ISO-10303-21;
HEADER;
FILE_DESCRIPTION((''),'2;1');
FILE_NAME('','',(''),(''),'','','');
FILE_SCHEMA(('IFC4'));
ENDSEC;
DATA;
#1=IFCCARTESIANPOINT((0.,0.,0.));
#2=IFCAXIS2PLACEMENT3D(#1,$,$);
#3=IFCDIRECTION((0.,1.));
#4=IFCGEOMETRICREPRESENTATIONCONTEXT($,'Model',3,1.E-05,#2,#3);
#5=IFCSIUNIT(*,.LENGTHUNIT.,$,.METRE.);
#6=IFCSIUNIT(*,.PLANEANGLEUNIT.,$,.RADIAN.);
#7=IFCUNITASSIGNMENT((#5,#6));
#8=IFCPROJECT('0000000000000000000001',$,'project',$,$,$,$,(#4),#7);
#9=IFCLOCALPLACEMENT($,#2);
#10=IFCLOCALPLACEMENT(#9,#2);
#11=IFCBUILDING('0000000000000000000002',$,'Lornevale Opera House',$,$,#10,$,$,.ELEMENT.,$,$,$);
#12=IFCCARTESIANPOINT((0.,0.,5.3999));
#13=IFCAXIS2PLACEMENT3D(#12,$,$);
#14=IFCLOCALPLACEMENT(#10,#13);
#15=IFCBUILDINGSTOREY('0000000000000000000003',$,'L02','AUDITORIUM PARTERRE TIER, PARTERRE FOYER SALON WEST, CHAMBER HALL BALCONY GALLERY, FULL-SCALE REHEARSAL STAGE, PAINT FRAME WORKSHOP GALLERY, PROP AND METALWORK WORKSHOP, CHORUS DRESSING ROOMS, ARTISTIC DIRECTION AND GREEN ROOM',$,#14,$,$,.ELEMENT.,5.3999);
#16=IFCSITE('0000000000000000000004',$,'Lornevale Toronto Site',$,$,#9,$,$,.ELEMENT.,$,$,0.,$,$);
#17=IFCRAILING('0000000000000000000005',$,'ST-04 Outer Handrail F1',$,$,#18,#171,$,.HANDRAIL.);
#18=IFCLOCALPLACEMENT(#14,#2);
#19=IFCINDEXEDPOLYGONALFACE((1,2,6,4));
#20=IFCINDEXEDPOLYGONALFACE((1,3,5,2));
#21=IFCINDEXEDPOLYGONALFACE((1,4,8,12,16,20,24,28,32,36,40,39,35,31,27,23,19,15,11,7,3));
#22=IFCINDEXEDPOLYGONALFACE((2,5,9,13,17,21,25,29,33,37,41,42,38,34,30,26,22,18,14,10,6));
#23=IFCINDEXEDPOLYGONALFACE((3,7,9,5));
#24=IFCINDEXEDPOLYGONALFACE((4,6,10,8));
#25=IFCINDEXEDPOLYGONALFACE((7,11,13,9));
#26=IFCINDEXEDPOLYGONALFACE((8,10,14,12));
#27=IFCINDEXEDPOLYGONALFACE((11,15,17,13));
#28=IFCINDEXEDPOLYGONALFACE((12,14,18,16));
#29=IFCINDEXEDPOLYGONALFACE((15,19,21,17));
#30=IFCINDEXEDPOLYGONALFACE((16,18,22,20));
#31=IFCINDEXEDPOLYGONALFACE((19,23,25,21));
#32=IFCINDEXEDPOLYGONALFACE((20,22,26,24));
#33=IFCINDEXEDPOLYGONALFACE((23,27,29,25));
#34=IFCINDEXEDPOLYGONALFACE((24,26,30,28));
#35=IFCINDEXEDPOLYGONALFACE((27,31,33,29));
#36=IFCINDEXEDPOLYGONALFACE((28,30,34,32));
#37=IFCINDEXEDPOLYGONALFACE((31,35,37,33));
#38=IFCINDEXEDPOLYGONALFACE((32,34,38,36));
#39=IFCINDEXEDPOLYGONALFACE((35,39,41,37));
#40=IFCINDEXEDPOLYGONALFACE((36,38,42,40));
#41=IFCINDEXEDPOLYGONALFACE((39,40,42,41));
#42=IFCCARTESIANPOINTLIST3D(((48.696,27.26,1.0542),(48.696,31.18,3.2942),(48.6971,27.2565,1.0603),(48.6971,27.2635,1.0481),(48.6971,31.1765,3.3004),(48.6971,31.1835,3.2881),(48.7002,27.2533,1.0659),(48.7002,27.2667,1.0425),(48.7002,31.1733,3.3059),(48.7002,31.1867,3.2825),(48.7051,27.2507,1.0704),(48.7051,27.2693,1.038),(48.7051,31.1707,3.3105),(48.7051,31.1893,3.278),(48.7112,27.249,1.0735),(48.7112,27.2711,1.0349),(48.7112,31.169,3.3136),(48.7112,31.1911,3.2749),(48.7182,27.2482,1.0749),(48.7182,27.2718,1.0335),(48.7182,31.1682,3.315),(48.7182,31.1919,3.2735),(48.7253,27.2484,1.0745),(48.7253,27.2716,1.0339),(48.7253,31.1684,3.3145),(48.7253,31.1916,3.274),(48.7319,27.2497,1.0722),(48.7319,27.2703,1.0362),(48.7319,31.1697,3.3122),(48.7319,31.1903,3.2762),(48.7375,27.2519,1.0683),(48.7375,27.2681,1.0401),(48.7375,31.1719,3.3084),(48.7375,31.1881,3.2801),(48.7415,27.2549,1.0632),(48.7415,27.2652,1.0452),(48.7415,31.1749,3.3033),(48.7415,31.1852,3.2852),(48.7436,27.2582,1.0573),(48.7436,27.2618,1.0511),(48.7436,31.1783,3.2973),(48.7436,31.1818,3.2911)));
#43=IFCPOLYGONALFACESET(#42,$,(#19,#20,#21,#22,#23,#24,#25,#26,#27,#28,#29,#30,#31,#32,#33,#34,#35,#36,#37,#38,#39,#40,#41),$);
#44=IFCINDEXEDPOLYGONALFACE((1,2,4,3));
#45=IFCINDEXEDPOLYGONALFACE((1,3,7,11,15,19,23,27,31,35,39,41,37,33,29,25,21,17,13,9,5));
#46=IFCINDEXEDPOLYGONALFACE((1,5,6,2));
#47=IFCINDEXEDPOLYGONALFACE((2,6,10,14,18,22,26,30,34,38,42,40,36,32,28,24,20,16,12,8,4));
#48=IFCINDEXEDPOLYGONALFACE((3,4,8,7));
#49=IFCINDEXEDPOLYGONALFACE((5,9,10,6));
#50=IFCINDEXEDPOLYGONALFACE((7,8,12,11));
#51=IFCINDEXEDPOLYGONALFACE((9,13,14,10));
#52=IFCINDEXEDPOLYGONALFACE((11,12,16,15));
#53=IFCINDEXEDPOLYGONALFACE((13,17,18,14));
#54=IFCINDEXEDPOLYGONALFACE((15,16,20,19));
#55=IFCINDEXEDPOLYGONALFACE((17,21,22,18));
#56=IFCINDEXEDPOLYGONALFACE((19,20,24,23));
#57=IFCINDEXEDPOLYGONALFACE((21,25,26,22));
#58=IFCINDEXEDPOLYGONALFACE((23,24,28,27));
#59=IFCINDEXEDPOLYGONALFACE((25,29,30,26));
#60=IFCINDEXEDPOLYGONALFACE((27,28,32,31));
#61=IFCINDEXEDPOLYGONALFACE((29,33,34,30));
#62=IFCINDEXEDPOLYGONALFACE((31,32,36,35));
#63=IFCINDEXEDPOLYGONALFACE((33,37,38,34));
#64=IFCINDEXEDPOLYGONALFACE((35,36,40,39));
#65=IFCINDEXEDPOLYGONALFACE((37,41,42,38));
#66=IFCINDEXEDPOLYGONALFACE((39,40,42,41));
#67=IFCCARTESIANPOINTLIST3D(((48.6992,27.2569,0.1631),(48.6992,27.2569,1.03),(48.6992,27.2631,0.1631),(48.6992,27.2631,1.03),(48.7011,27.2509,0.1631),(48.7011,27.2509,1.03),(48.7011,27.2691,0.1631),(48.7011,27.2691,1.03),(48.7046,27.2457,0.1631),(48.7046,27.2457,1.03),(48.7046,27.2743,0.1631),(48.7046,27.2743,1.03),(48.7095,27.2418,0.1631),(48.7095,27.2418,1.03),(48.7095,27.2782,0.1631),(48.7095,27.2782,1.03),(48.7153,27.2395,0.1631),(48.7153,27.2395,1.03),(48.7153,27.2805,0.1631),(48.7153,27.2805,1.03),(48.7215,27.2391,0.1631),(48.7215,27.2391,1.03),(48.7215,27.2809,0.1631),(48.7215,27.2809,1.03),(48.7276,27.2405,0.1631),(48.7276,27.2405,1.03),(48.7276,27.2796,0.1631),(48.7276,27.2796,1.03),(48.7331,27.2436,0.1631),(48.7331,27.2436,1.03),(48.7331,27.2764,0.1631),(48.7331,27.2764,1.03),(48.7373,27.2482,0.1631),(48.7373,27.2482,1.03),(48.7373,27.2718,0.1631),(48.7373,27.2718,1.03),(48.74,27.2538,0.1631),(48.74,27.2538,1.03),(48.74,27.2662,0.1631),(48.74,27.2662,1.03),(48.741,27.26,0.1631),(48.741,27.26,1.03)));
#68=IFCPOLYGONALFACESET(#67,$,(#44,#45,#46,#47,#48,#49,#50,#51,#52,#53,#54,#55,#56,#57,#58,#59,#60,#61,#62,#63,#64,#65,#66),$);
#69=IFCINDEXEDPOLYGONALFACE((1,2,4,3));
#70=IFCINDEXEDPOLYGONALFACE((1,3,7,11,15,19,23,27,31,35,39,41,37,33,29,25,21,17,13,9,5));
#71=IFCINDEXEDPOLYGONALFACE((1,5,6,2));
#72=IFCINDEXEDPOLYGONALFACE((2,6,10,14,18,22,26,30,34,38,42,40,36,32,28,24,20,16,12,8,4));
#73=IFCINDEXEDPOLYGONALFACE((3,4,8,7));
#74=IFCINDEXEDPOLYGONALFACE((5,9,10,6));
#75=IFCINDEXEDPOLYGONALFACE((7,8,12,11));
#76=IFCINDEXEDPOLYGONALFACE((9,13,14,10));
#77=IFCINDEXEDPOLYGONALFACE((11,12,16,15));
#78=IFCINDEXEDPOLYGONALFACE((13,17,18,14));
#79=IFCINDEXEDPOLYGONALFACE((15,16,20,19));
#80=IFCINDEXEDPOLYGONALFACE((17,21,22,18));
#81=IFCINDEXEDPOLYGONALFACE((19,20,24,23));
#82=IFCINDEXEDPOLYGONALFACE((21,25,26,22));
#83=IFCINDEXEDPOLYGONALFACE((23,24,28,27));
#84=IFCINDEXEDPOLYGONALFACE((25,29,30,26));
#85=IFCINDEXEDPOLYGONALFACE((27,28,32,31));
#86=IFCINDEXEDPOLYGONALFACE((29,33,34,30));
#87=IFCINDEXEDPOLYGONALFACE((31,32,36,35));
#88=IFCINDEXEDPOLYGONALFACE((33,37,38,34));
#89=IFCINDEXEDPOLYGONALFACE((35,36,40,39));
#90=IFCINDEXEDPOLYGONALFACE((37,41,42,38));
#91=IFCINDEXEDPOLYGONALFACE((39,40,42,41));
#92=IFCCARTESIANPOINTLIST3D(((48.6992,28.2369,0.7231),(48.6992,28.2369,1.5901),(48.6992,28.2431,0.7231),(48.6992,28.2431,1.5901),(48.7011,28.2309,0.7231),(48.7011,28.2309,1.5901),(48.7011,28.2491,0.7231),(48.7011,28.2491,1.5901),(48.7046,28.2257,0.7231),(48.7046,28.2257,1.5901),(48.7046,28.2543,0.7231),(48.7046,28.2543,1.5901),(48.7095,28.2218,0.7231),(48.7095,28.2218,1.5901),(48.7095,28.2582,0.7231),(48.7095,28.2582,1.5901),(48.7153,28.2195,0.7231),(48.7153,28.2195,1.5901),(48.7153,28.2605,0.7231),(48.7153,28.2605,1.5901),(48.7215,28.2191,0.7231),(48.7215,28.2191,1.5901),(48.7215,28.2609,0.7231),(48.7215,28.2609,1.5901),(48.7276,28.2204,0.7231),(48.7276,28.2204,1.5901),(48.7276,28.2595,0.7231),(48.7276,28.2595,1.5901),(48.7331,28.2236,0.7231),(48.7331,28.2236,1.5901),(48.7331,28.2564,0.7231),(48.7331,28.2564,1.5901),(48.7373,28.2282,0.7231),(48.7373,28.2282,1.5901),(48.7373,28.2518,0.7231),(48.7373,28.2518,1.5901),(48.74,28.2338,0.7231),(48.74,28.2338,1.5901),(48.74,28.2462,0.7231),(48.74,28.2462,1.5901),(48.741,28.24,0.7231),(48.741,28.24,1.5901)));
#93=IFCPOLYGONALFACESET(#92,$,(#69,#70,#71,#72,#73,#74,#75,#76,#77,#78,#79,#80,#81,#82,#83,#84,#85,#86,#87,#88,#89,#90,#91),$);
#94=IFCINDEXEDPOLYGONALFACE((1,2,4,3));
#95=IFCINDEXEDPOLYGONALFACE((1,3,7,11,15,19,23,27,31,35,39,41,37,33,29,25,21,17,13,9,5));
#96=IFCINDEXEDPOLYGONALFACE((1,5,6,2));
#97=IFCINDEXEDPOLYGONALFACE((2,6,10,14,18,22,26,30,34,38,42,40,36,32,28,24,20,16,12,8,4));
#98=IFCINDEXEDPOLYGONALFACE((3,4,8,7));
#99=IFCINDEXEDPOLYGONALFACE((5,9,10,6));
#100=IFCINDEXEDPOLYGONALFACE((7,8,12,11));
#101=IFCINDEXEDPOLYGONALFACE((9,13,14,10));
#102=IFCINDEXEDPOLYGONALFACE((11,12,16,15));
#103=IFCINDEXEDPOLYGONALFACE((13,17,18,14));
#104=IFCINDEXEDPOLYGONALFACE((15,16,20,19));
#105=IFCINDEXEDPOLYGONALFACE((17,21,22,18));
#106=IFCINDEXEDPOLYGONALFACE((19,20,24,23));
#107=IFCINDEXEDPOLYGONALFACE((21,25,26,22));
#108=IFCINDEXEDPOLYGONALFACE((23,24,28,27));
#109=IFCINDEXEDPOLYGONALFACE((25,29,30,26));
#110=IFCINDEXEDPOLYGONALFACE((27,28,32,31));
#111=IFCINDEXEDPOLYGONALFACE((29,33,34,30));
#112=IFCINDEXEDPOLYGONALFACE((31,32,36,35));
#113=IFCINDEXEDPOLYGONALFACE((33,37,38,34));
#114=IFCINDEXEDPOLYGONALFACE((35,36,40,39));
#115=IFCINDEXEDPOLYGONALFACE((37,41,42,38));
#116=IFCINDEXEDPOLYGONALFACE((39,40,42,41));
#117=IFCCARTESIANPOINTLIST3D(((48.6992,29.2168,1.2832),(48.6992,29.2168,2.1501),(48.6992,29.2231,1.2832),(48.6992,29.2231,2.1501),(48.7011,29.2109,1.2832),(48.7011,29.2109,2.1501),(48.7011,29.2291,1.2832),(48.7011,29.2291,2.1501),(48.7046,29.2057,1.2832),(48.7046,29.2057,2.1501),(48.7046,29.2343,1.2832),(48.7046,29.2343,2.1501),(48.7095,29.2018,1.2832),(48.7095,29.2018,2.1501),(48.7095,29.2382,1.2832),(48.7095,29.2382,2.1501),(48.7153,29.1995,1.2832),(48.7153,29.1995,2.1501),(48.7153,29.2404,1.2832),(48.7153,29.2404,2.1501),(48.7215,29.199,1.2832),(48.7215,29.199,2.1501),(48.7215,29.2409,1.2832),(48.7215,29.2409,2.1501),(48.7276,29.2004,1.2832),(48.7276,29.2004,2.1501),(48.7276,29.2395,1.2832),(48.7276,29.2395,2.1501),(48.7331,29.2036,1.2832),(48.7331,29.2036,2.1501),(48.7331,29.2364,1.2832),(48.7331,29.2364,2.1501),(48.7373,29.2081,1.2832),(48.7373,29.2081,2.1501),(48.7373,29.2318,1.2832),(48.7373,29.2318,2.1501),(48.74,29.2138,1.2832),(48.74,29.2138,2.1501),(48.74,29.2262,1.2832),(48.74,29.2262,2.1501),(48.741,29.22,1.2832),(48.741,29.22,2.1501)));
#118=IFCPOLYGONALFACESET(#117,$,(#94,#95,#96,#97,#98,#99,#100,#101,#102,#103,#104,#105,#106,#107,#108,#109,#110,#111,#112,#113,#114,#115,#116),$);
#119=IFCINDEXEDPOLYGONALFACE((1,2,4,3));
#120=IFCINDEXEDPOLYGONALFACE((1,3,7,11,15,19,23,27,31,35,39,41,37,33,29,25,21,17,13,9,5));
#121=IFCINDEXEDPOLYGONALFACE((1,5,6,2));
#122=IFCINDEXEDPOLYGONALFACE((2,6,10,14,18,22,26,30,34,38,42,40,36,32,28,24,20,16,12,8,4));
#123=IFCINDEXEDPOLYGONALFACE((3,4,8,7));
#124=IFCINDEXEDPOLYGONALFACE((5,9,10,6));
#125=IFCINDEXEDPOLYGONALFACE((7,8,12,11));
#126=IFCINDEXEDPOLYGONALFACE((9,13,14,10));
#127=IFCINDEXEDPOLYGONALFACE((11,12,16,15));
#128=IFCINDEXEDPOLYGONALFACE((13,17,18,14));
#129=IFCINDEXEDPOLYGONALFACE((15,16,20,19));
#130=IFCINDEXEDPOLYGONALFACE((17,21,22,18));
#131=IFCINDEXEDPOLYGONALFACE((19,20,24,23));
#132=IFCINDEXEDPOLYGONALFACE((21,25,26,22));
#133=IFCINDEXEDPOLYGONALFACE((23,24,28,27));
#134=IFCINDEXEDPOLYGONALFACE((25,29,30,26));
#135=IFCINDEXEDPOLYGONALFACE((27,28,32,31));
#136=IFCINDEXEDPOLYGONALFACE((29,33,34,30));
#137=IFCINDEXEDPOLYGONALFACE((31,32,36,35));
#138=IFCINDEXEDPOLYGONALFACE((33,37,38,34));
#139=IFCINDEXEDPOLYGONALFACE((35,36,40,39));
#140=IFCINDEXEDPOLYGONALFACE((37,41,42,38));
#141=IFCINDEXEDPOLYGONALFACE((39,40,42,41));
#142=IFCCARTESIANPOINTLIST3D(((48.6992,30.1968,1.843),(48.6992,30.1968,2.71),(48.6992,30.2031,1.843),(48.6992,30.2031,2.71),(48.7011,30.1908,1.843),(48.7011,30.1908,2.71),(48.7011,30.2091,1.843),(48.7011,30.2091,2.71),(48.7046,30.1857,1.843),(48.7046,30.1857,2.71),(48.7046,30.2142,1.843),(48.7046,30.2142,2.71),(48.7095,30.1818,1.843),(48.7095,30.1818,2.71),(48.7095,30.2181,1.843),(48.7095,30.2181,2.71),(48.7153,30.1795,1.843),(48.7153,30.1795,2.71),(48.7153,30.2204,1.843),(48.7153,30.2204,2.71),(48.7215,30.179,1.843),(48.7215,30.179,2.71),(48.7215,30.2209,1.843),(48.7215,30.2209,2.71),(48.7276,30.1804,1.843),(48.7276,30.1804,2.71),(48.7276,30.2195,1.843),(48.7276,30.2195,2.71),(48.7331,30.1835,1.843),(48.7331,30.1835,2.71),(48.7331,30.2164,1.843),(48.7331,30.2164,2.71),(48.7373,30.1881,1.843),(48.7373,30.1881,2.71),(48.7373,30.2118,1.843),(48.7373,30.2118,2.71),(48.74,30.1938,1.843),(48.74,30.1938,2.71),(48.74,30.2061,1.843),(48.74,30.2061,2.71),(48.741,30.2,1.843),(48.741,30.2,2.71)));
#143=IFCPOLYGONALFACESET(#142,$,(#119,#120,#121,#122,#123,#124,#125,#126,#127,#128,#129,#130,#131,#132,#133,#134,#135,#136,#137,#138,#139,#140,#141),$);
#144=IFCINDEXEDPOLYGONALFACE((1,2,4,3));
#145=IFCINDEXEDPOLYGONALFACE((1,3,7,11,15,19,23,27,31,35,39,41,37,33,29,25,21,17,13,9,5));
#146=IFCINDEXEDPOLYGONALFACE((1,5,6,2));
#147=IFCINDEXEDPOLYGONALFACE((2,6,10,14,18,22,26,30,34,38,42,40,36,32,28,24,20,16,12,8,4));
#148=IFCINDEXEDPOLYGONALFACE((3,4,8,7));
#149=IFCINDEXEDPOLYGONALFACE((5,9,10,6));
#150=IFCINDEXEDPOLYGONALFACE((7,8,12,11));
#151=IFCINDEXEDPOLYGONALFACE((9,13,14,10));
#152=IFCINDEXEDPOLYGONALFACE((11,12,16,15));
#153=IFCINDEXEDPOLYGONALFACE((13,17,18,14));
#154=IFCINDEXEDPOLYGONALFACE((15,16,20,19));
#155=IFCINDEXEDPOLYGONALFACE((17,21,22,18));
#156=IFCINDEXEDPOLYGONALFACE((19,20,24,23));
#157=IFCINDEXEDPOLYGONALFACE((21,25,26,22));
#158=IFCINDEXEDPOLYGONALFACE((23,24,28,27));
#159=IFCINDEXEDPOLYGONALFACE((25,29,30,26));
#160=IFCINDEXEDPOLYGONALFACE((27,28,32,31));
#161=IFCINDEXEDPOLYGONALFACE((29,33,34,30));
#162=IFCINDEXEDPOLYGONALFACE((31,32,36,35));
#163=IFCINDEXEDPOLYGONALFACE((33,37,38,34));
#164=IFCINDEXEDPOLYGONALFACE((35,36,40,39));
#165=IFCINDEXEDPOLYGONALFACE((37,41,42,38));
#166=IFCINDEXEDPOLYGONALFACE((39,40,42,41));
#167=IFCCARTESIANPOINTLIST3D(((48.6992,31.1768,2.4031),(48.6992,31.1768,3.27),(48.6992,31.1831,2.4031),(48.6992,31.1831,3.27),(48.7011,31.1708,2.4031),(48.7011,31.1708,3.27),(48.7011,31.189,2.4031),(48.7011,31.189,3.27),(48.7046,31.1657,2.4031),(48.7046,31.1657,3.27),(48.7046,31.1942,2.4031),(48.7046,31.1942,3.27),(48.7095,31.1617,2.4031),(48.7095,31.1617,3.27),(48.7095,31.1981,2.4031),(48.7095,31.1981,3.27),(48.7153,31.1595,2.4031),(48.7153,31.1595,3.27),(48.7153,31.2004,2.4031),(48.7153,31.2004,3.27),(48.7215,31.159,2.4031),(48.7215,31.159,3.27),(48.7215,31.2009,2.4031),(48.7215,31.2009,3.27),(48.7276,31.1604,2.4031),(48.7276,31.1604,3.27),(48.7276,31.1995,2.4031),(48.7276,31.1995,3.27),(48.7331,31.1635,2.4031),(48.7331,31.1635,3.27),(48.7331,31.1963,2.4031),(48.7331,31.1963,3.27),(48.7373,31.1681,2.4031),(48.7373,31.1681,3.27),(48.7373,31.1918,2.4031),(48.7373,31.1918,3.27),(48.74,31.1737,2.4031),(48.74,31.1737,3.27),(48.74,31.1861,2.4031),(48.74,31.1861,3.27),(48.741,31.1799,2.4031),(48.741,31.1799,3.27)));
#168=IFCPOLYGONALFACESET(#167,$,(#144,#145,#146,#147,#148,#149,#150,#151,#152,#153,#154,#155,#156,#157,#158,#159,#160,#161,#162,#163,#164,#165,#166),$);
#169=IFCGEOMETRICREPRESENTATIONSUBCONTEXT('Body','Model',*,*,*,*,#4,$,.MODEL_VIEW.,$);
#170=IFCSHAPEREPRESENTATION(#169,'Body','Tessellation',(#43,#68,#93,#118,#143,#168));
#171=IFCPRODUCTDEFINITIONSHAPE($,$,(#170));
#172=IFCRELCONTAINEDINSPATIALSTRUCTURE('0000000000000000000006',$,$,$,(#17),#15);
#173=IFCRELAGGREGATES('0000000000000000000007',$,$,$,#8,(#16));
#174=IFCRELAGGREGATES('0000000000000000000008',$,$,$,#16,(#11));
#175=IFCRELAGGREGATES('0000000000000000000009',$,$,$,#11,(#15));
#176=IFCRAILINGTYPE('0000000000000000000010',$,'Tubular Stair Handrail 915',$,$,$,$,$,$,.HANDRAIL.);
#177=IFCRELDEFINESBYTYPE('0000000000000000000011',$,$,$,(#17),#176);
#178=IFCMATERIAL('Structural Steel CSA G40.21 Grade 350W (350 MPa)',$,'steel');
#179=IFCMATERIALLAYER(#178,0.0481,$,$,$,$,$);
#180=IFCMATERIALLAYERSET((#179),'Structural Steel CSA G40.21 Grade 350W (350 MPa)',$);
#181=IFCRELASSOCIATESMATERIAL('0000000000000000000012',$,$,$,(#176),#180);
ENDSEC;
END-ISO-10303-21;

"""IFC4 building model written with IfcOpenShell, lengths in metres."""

from ifc_helpers import new_model, si_unit, direction, frame, origin, origin_2d, place, context, subcontext, project, spatial, circle, extrude, material, layer, layer_set, type_object, element, save


model = new_model("IFC4")

# Units and contexts
model_context = context("Model", 3, precision=1e-05, world=origin(), true_north=direction((0.0, 1.0)))
body_context = subcontext(model_context, "Body", "Model", "MODEL_VIEW")
ifc_project = project(units=[si_unit("LENGTHUNIT", "METRE"), si_unit("PLANEANGLEUNIT", "RADIAN")], contexts=[model_context])

# Site, building, storey
site_placement = place(None, origin())
site = spatial("IfcSite", under=ifc_project, at=site_placement, Name="Lornevale Toronto Site", CompositionType="ELEMENT", RefElevation=0.0)
building_placement = place(site_placement, origin())
building = spatial("IfcBuilding", under=site, at=building_placement, Name="Lornevale Opera House", CompositionType="ELEMENT")
storey_placement = place(building_placement, frame((0.0, 0.0, 5.3999)))
storey = spatial("IfcBuildingStorey", under=building, at=storey_placement, Name="L02", Description="AUDITORIUM PARTERRE TIER, PARTERRE FOYER SALON WEST, CHAMBER HALL BALCONY GALLERY, FULL-SCALE REHEARSAL STAGE, PAINT FRAME WORKSHOP GALLERY, PROP AND METALWORK WORKSHOP, CHORUS DRESSING ROOMS, ARTISTIC DIRECTION AND GREEN ROOM", CompositionType="ELEMENT", Elevation=5.3999)

# Shared definitions
ifc_material_1 = material(Name="Structural Steel CSA G40.21 Grade 350W (350 MPa)", Category="steel")

# Railing
ifc_layer_1 = layer(ifc_material_1, 0.0481)
ifc_layer_set_1 = layer_set([ifc_layer_1], Name="Structural Steel CSA G40.21 Grade 350W (350 MPa)")
railing_type = type_object("IfcRailingType", Name="Tubular Stair Handrail 915", PredefinedType="HANDRAIL", material=ifc_layer_set_1)
railing_placement = place(storey_placement, frame((48.72, 27.26, 0.1631)))
element("IfcRailing", 1, at=railing_placement, inside=storey, type_object=railing_type, Name="ST-04 Outer Handrail F1", PredefinedType="HANDRAIL", context=body_context, shape_type="SweptSolid", body=[
    extrude(circle(Radius=0.0239, at=origin_2d()), frame((0.0, 0.0, 0.8911), z_axis=(0.0, 0.86824, 0.496145), x_axis=(-1.0, 0.0, 0.0)), (0.0, 0.0, 1.0), 4.5149),
    extrude(circle(Radius=0.021, at=origin_2d()), origin(), (0.0, 0.0, 1.0), 0.8669),
    extrude(circle(Radius=0.021, at=origin_2d()), frame((0.0, 0.98, 0.5601)), (0.0, 0.0, 1.0), 0.8669),
    extrude(circle(Radius=0.021, at=origin_2d()), frame((0.0, 1.96, 1.1201)), (0.0, 0.0, 1.0), 0.8669),
    extrude(circle(Radius=0.021, at=origin_2d()), frame((0.0, 2.9399, 1.6799)), (0.0, 0.0, 1.0), 0.8669),
    extrude(circle(Radius=0.021, at=origin_2d()), frame((0.0, 3.9199, 2.24)), (0.0, 0.0, 1.0), 0.8669),
])

save(model, "model.ifc")
